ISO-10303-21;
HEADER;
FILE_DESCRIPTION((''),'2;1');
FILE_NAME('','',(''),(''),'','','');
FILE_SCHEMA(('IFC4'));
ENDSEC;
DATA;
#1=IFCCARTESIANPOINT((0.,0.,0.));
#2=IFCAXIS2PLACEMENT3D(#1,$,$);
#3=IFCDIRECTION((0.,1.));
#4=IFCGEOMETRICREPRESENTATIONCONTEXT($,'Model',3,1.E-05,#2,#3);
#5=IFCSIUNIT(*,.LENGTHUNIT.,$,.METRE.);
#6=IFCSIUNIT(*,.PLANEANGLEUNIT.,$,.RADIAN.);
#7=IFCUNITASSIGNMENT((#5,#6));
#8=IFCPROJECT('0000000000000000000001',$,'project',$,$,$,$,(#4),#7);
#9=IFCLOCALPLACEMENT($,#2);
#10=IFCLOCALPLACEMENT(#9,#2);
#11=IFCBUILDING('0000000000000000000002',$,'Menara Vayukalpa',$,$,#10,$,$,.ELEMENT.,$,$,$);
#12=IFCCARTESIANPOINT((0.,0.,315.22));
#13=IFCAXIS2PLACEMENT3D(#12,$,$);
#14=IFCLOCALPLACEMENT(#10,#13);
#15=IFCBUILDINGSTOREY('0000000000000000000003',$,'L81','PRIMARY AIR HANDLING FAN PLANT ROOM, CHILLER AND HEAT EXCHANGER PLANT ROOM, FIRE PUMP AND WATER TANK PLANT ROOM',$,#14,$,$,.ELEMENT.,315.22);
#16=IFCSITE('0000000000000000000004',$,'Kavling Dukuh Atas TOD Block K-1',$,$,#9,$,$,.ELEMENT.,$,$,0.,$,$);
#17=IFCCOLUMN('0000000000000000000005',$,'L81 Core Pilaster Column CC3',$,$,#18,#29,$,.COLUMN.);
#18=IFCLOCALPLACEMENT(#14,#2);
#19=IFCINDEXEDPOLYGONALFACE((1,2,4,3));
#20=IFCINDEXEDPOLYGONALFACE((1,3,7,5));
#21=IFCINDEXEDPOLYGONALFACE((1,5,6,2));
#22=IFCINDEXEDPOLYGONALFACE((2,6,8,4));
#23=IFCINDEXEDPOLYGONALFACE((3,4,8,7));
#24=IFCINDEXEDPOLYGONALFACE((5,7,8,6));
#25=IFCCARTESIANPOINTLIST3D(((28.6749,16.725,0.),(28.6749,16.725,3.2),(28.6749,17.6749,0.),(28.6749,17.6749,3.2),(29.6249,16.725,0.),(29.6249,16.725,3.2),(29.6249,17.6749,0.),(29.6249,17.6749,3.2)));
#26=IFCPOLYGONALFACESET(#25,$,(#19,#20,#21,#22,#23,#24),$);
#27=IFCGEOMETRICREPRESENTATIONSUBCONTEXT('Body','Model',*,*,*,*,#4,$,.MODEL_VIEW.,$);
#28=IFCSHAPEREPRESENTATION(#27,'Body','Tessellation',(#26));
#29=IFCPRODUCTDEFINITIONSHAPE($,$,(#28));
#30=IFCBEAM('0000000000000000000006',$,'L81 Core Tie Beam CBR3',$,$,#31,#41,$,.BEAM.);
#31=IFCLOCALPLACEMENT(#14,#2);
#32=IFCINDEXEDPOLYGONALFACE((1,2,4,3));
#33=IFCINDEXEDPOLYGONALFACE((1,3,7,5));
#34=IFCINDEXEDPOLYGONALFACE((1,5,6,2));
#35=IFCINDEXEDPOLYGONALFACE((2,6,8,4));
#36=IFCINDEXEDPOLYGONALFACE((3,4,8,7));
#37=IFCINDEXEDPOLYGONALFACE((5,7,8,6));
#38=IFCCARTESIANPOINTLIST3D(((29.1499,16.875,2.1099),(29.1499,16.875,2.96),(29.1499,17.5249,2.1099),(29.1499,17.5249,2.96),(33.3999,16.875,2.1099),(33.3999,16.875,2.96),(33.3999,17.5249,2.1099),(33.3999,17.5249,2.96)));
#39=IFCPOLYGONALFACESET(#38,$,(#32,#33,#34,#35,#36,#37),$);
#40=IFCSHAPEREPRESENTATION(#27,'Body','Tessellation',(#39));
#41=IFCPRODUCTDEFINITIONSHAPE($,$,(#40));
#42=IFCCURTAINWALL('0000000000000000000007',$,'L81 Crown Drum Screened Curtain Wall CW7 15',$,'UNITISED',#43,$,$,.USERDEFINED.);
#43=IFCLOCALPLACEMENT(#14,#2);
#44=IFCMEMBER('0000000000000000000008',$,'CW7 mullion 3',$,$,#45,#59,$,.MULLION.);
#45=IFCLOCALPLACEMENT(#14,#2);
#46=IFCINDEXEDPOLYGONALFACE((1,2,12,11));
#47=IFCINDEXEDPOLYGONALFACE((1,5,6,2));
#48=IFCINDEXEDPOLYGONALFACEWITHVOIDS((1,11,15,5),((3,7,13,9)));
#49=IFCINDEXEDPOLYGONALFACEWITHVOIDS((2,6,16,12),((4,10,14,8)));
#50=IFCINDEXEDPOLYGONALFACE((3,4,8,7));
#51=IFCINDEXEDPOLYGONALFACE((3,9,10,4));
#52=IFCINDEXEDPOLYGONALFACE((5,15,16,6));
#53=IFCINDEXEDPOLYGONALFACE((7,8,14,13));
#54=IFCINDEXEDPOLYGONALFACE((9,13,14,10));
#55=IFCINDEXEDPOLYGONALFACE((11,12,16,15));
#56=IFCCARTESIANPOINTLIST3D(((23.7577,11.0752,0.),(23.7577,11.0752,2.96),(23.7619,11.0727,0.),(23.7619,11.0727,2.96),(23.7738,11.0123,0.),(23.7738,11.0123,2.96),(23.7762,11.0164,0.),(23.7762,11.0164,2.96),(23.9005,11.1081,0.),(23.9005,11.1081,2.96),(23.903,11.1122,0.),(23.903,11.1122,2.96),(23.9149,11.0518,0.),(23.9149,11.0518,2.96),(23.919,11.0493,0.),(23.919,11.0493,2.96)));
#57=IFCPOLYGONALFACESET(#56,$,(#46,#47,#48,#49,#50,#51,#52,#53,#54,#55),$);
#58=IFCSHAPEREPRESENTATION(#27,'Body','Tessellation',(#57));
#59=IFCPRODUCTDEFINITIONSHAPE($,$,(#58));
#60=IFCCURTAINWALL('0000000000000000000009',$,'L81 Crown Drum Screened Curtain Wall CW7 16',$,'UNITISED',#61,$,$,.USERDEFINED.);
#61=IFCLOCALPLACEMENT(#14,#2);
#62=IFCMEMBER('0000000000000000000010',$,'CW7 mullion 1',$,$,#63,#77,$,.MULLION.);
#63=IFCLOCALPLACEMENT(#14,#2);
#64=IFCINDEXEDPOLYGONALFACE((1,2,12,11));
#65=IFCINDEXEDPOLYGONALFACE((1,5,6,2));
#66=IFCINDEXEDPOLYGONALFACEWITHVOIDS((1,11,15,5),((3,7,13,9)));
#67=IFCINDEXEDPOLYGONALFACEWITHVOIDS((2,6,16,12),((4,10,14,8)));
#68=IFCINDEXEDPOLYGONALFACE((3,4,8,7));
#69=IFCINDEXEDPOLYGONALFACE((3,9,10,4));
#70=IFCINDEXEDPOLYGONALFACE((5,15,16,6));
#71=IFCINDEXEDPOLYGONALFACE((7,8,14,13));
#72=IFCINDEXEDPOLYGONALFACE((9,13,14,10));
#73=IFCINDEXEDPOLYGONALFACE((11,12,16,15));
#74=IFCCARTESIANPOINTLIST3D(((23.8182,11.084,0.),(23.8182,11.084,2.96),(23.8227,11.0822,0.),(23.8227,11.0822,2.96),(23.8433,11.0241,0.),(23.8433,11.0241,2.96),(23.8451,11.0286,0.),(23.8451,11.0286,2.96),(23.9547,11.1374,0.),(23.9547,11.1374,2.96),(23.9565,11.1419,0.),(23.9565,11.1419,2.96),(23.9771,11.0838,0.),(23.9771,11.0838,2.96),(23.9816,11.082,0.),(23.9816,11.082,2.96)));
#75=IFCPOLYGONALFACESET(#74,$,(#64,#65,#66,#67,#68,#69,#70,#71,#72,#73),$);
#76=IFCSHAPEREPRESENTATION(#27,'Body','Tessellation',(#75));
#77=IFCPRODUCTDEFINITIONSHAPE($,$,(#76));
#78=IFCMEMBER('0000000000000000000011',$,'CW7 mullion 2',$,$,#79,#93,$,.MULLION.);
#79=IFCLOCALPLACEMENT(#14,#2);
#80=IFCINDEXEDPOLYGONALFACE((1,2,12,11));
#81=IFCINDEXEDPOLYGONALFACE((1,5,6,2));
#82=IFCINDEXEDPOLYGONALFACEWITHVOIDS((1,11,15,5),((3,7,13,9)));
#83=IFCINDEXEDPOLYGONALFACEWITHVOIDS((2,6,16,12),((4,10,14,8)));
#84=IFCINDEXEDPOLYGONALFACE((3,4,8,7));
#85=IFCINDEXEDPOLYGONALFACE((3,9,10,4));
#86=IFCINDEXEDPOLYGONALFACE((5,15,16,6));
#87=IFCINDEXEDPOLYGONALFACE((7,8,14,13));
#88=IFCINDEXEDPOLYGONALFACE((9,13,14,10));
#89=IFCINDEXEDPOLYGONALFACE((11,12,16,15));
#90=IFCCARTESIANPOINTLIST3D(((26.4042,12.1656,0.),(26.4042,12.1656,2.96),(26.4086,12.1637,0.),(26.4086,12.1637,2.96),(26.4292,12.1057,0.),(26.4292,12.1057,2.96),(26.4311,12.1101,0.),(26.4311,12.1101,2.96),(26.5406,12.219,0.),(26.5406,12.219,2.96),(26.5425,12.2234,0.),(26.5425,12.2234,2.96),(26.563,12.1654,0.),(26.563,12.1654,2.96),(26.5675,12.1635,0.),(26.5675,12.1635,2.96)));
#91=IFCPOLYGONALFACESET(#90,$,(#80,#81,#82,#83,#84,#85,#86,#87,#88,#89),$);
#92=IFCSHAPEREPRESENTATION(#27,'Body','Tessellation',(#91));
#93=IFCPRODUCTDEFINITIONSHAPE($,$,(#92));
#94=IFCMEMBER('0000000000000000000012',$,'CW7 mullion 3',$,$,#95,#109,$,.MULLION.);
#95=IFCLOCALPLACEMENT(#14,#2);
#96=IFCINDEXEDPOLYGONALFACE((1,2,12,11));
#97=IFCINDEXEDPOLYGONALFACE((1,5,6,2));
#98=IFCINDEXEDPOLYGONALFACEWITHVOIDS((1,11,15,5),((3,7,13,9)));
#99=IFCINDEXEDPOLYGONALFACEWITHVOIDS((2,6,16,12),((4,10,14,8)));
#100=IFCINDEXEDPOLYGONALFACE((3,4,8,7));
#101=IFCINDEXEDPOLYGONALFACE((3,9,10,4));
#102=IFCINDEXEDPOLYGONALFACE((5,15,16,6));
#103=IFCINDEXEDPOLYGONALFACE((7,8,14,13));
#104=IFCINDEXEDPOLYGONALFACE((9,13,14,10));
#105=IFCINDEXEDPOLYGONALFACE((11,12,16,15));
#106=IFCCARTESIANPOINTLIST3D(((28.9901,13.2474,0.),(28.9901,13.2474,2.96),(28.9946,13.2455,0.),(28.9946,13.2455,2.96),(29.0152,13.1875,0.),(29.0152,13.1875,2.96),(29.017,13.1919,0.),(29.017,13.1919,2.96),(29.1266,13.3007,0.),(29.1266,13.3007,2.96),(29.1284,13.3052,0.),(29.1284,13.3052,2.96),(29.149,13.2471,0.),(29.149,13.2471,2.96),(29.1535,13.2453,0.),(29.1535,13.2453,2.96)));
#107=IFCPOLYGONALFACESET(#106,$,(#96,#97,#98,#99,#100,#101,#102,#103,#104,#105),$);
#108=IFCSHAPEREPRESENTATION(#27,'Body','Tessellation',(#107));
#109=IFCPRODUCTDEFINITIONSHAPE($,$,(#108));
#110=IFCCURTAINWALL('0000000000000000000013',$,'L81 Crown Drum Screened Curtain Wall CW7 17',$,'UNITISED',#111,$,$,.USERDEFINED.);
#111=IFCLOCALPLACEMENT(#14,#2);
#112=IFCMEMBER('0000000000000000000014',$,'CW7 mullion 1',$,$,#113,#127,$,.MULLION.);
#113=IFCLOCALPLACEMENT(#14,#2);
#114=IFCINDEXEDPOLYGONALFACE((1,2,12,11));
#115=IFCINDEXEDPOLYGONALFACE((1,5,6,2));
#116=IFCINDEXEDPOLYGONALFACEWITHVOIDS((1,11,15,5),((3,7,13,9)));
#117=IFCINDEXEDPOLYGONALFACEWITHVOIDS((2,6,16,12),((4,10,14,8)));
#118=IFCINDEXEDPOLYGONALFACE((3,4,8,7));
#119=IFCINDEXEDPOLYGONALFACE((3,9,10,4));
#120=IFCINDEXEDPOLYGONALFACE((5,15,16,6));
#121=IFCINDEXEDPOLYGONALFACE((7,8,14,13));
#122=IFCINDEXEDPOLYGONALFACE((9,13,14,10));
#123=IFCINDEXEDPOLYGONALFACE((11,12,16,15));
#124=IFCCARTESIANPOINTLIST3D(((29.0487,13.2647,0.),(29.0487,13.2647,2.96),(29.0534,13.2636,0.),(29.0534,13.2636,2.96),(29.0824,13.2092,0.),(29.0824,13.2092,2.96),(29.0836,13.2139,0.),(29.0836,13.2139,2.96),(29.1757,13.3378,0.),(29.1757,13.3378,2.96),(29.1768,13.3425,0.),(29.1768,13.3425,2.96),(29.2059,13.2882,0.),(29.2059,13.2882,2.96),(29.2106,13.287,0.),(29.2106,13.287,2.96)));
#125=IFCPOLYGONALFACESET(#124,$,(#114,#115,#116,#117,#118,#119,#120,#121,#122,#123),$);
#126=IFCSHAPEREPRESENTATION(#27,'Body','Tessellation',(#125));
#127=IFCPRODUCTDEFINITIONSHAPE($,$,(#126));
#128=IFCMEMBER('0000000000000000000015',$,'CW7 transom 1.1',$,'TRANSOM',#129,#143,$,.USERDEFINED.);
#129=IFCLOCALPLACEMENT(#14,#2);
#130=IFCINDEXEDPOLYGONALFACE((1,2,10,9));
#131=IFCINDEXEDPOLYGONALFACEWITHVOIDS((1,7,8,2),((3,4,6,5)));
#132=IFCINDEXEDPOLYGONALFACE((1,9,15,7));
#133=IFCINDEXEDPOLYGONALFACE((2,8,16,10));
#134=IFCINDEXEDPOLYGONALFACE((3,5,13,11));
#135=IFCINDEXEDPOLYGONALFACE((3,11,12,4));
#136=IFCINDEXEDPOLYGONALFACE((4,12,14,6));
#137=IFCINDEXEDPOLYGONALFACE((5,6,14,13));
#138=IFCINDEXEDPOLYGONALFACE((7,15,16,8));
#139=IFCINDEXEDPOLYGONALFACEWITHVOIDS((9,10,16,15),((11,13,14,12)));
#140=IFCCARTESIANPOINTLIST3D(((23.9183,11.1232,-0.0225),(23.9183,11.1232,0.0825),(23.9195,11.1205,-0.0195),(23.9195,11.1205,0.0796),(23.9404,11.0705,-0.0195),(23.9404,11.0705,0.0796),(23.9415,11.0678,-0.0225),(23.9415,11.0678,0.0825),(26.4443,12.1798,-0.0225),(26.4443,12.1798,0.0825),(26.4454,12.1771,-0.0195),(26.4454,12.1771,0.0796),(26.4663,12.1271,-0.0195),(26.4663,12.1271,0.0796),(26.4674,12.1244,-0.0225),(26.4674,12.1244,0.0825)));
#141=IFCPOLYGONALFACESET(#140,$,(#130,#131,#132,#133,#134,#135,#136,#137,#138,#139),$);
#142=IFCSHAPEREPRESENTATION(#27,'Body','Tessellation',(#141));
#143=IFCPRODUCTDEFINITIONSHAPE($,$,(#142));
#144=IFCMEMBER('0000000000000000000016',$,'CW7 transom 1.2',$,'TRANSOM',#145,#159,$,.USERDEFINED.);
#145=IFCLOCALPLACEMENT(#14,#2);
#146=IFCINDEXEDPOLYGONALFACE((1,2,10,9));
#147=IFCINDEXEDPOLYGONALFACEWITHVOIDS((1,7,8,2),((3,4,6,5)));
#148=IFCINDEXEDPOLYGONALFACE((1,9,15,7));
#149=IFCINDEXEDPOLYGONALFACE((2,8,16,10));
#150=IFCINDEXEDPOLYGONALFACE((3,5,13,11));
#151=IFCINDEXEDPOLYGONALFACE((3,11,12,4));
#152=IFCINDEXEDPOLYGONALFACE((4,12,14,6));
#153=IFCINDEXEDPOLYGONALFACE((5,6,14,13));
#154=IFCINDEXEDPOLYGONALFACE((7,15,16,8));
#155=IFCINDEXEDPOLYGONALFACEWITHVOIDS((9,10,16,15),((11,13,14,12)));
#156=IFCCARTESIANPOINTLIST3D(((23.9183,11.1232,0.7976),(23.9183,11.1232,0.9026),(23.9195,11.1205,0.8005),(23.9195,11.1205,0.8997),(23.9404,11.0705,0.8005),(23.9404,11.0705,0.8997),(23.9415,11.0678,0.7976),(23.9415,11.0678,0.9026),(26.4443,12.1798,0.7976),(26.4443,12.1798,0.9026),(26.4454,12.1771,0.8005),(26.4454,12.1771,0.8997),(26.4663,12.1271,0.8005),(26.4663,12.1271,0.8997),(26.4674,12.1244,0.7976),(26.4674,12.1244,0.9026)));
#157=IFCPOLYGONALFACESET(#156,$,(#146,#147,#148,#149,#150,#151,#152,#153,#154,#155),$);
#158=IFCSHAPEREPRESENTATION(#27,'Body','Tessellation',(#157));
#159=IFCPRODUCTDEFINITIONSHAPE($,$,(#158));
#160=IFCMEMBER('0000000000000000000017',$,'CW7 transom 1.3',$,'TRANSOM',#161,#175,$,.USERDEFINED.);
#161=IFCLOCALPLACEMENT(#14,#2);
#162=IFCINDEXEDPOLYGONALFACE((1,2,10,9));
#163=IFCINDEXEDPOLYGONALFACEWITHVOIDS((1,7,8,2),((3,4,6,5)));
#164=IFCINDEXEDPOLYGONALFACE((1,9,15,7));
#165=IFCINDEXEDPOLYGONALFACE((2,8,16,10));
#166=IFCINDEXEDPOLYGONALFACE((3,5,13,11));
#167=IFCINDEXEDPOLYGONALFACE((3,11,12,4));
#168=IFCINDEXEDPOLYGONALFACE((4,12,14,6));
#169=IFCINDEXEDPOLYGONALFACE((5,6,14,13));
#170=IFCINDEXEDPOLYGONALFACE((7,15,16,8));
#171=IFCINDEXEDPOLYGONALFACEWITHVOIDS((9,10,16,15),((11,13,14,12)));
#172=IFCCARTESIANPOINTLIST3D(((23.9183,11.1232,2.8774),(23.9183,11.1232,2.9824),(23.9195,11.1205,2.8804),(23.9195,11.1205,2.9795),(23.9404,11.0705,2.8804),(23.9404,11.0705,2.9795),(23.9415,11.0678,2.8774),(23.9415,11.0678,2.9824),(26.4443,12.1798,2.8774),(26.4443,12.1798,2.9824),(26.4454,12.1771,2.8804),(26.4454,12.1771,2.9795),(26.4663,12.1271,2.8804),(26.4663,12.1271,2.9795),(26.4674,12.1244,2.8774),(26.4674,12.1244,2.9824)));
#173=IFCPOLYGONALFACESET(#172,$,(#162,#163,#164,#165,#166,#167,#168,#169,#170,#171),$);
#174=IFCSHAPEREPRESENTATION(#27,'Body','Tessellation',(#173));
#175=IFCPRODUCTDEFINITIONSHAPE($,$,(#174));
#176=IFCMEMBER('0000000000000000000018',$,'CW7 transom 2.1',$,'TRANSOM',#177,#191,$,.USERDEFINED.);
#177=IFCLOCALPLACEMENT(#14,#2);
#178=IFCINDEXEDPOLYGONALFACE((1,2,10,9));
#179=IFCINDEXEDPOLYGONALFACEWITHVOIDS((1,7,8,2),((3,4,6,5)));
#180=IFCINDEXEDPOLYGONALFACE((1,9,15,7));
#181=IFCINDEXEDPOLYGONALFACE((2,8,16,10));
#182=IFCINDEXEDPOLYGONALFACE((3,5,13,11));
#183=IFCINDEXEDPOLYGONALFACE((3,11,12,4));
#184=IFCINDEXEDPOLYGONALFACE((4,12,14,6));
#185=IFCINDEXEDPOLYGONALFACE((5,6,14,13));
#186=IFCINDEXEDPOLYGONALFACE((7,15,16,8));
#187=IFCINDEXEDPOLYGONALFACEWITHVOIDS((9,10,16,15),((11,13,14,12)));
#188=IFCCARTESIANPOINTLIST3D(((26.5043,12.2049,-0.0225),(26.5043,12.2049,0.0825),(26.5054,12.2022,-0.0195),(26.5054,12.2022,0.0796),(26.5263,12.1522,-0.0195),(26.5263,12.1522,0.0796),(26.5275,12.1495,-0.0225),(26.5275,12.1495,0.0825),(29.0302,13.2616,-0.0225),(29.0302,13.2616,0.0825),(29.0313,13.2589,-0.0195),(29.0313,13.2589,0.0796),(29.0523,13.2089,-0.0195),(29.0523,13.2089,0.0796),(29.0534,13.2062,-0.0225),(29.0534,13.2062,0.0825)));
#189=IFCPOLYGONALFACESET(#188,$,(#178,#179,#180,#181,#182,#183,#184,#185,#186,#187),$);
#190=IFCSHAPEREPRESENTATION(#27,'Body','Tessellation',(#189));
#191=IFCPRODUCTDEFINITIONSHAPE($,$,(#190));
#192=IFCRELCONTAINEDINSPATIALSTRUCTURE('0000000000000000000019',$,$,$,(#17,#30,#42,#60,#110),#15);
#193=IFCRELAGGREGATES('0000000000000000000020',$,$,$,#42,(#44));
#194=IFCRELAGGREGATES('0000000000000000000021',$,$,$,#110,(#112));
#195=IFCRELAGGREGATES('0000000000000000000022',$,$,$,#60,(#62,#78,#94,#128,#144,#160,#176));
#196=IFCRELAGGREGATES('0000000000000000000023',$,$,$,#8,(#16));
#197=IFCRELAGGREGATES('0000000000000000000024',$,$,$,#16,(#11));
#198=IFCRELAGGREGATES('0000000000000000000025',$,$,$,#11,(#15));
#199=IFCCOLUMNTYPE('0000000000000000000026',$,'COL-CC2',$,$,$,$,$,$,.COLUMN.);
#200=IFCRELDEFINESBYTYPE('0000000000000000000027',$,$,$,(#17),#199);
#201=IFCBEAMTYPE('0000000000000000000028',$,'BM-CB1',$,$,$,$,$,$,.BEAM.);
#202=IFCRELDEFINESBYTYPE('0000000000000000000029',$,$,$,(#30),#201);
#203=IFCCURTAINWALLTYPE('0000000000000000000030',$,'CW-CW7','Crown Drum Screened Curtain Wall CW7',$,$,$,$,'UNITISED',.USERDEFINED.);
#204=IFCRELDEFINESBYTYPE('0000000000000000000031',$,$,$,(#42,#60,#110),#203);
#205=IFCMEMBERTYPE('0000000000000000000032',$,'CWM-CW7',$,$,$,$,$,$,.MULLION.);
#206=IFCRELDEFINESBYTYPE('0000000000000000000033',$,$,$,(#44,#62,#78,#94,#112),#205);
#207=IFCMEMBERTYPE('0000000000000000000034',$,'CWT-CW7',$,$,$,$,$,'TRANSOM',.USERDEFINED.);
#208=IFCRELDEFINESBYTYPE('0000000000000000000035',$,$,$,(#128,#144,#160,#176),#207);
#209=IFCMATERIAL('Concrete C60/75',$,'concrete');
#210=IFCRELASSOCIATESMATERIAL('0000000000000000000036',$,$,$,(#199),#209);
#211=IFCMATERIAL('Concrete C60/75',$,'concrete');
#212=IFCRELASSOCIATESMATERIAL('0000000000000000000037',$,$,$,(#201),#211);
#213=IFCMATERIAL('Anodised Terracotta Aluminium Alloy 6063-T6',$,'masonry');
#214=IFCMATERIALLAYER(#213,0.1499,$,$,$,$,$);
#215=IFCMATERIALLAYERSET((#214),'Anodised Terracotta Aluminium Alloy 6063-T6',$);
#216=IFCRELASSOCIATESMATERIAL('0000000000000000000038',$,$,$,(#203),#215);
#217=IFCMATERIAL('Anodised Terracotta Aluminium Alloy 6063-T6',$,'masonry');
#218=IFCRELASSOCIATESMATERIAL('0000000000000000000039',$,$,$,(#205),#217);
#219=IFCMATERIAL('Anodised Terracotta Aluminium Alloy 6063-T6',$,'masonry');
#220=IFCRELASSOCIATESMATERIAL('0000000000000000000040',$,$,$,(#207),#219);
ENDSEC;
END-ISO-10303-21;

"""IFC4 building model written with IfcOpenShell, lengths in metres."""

from ifc_helpers import new_model, si_unit, direction, frame, origin, origin_2d, place, context, subcontext, project, spatial, rectangle, hollow_rectangle, extrude, material, layer, layer_set, material_profile, profile_set, type_object, element, aggregate, save


model = new_model("IFC4")

# Units and contexts
model_context = context("Model", 3, precision=1e-05, world=origin(), true_north=direction((0.0, 1.0)))
body_context = subcontext(model_context, "Body", "Model", "MODEL_VIEW")
ifc_project = project(units=[si_unit("LENGTHUNIT", "METRE"), si_unit("PLANEANGLEUNIT", "RADIAN")], contexts=[model_context])

# Site, building, storey
site_placement = place(None, origin())
site = spatial("IfcSite", under=ifc_project, at=site_placement, Name="Kavling Dukuh Atas TOD Block K-1", CompositionType="ELEMENT", RefElevation=0.0)
building_placement = place(site_placement, origin())
building = spatial("IfcBuilding", under=site, at=building_placement, Name="Menara Vayukalpa", CompositionType="ELEMENT")
storey_placement = place(building_placement, frame((0.0, 0.0, 315.22)))
storey = spatial("IfcBuildingStorey", under=building, at=storey_placement, Name="L81", Description="PRIMARY AIR HANDLING FAN PLANT ROOM, CHILLER AND HEAT EXCHANGER PLANT ROOM, FIRE PUMP AND WATER TANK PLANT ROOM", CompositionType="ELEMENT", Elevation=315.22)

# Column
ifc_material_1 = material(Name="Concrete C60/75", Category="concrete")
ifc_material_profile_1 = material_profile(ifc_material_1, rectangle(XDim=0.95, YDim=0.95, at=origin_2d()), Name="RC 950x950")
ifc_profile_set_1 = profile_set([ifc_material_profile_1], Name="Concrete C60/75")
column_type = type_object("IfcColumnType", Name="COL-CC2", PredefinedType="COLUMN", material=ifc_profile_set_1)
column_placement = place(storey_placement, frame((29.1499, 17.2, 0.0), z_axis=(0.0, 0.0, 1.0), x_axis=(1.0, 0.0, 0.0)))
element("IfcColumn", 1, at=column_placement, inside=storey, type_object=column_type, Name="L81 Core Pilaster Column CC3", PredefinedType="COLUMN", context=body_context, shape_type="SweptSolid", body=[
    extrude(rectangle(XDim=0.95, YDim=0.95, at=origin_2d()), origin(), (0.0, 0.0, 1.0), 3.2),
])

# Beam
ifc_material_2 = material(Name="Concrete C60/75", Category="concrete")
ifc_material_profile_2 = material_profile(ifc_material_2, rectangle(XDim=0.6499, YDim=0.8501, at=origin_2d()), Name="RC 650x850")
ifc_profile_set_2 = profile_set([ifc_material_profile_2], Name="Concrete C60/75")
beam_type = type_object("IfcBeamType", Name="BM-CB1", PredefinedType="BEAM", material=ifc_profile_set_2)
beam_placement = place(storey_placement, frame((29.1499, 17.2, 2.5349), z_axis=(1.0, 0.0, 0.0), x_axis=(0.0, 1.0, 0.0)))
element("IfcBeam", 2, at=beam_placement, inside=storey, type_object=beam_type, Name="L81 Core Tie Beam CBR3", PredefinedType="BEAM", context=body_context, shape_type="SweptSolid", body=[
    extrude(rectangle(XDim=0.6499, YDim=0.8501, at=origin_2d()), origin(), (0.0, 0.0, 1.0), 4.25),
])

# Curtain wall, member
ifc_material_3 = material(Name="Anodised Terracotta Aluminium Alloy 6063-T6", Category="masonry")
ifc_layer_1 = layer(ifc_material_3, 0.1499)
ifc_layer_set_1 = layer_set([ifc_layer_1], Name="Anodised Terracotta Aluminium Alloy 6063-T6")
curtain_wall_type = type_object("IfcCurtainWallType", Name="CW-CW7", Description="Crown Drum Screened Curtain Wall CW7", ElementType="UNITISED", PredefinedType="USERDEFINED", material=ifc_layer_set_1)
curtain_wall_1_placement = place(storey_placement, origin())
curtain_wall_1 = element("IfcCurtainWall", 3, at=curtain_wall_1_placement, inside=storey, type_object=curtain_wall_type, Name="L81 Crown Drum Screened Curtain Wall CW7 15", ObjectType="UNITISED", PredefinedType="USERDEFINED")
ifc_material_4 = material(Name="Anodised Terracotta Aluminium Alloy 6063-T6", Category="masonry")
ifc_material_profile_3 = material_profile(ifc_material_4, hollow_rectangle(XDim=0.0649, YDim=0.1499, WallThickness=0.0034, at=origin_2d()), Name="ALU 65x150x3.5")
ifc_profile_set_3 = profile_set([ifc_material_profile_3], Name="Anodised Terracotta Aluminium Alloy 6063-T6")
member_type_1 = type_object("IfcMemberType", Name="CWM-CW7", PredefinedType="MULLION", material=ifc_profile_set_3)
member_1_placement = place(storey_placement, frame((23.8384, 11.0623, 0.0), z_axis=(0.0, 0.0, 1.0), x_axis=(-0.247124, 0.968984, 0.0)))
member_1 = element("IfcMember", 4, at=member_1_placement, type_object=member_type_1, Name="CW7 mullion 3", PredefinedType="MULLION", context=body_context, shape_type="SweptSolid", body=[
    extrude(hollow_rectangle(XDim=0.0649, YDim=0.1499, WallThickness=0.0034, at=origin_2d()), origin(), (0.0, 0.0, 1.0), 2.96),
])
aggregate(curtain_wall_1, [member_1])

# Curtain wall, members
curtain_wall_2_placement = place(storey_placement, origin())
curtain_wall_2 = element("IfcCurtainWall", 5, at=curtain_wall_2_placement, inside=storey, type_object=curtain_wall_type, Name="L81 Crown Drum Screened Curtain Wall CW7 16", ObjectType="UNITISED", PredefinedType="USERDEFINED")
member_2_placement = place(storey_placement, frame((23.8999, 11.083, 0.0), z_axis=(0.0, 0.0, 1.0), x_axis=(-0.385898, 0.922541, 0.0)))
member_2 = element("IfcMember", 6, at=member_2_placement, type_object=member_type_1, Name="CW7 mullion 1", PredefinedType="MULLION", context=body_context, shape_type="SweptSolid", body=[
    extrude(hollow_rectangle(XDim=0.0649, YDim=0.1499, WallThickness=0.0034, at=origin_2d()), origin(), (0.0, 0.0, 1.0), 2.96),
])
member_3_placement = place(storey_placement, frame((26.4858, 12.1646, 0.0), z_axis=(0.0, 0.0, 1.0), x_axis=(-0.385898, 0.922541, 0.0)))
member_3 = element("IfcMember", 7, at=member_3_placement, type_object=member_type_1, Name="CW7 mullion 2", PredefinedType="MULLION", context=body_context, shape_type="SweptSolid", body=[
    extrude(hollow_rectangle(XDim=0.0649, YDim=0.1499, WallThickness=0.0034, at=origin_2d()), origin(), (0.0, 0.0, 1.0), 2.96),
])
member_4_placement = place(storey_placement, frame((29.0718, 13.2463, 0.0), z_axis=(0.0, 0.0, 1.0), x_axis=(-0.385898, 0.922541, 0.0)))
member_4 = element("IfcMember", 8, at=member_4_placement, type_object=member_type_1, Name="CW7 mullion 3", PredefinedType="MULLION", context=body_context, shape_type="SweptSolid", body=[
    extrude(hollow_rectangle(XDim=0.0649, YDim=0.1499, WallThickness=0.0034, at=origin_2d()), origin(), (0.0, 0.0, 1.0), 2.96),
])

# Curtain wall, member
curtain_wall_3_placement = place(storey_placement, origin())
curtain_wall_3 = element("IfcCurtainWall", 9, at=curtain_wall_3_placement, inside=storey, type_object=curtain_wall_type, Name="L81 Crown Drum Screened Curtain Wall CW7 17", ObjectType="UNITISED", PredefinedType="USERDEFINED")
member_5_placement = place(storey_placement, frame((29.1296, 13.2759, 0.0), z_axis=(0.0, 0.0, 1.0), x_axis=(-0.519176, 0.854667, 0.0)))
member_5 = element("IfcMember", 10, at=member_5_placement, type_object=member_type_1, Name="CW7 mullion 1", PredefinedType="MULLION", context=body_context, shape_type="SweptSolid", body=[
    extrude(hollow_rectangle(XDim=0.0649, YDim=0.1499, WallThickness=0.0034, at=origin_2d()), origin(), (0.0, 0.0, 1.0), 2.96),
])

# Members
ifc_material_5 = material(Name="Anodised Terracotta Aluminium Alloy 6063-T6", Category="masonry")
ifc_material_profile_4 = material_profile(ifc_material_5, hollow_rectangle(XDim=0.0601, YDim=0.105, WallThickness=0.0029, at=origin_2d()), Name="ALU 60x105x3")
ifc_profile_set_4 = profile_set([ifc_material_profile_4], Name="Anodised Terracotta Aluminium Alloy 6063-T6")
member_type_2 = type_object("IfcMemberType", Name="CWT-CW7", ElementType="TRANSOM", PredefinedType="USERDEFINED", material=ifc_profile_set_4)
member_6_placement = place(storey_placement, frame((23.9299, 11.0955, 0.03), z_axis=(0.922533, 0.385919, 0.0), x_axis=(-0.385919, 0.922533, 0.0)))
member_6 = element("IfcMember", 11, at=member_6_placement, type_object=member_type_2, Name="CW7 transom 1.1", ObjectType="TRANSOM", PredefinedType="USERDEFINED", context=body_context, shape_type="SweptSolid", body=[
    extrude(hollow_rectangle(XDim=0.0601, YDim=0.105, WallThickness=0.0029, at=origin_2d()), origin(), (0.0, 0.0, 1.0), 2.738),
])
member_7_placement = place(storey_placement, frame((23.9299, 11.0955, 0.8501), z_axis=(0.922533, 0.385919, 0.0), x_axis=(-0.385919, 0.922533, 0.0)))
member_7 = element("IfcMember", 12, at=member_7_placement, type_object=member_type_2, Name="CW7 transom 1.2", ObjectType="TRANSOM", PredefinedType="USERDEFINED", context=body_context, shape_type="SweptSolid", body=[
    extrude(hollow_rectangle(XDim=0.0601, YDim=0.105, WallThickness=0.0029, at=origin_2d()), origin(), (0.0, 0.0, 1.0), 2.738),
])
member_8_placement = place(storey_placement, frame((23.9299, 11.0955, 2.9299), z_axis=(0.922533, 0.385919, 0.0), x_axis=(-0.385919, 0.922533, 0.0)))
member_8 = element("IfcMember", 13, at=member_8_placement, type_object=member_type_2, Name="CW7 transom 1.3", ObjectType="TRANSOM", PredefinedType="USERDEFINED", context=body_context, shape_type="SweptSolid", body=[
    extrude(hollow_rectangle(XDim=0.0601, YDim=0.105, WallThickness=0.0029, at=origin_2d()), origin(), (0.0, 0.0, 1.0), 2.738),
])
member_9_placement = place(storey_placement, frame((26.5159, 12.1772, 0.03), z_axis=(0.922533, 0.385919, 0.0), x_axis=(-0.385919, 0.922533, 0.0)))
member_9 = element("IfcMember", 14, at=member_9_placement, type_object=member_type_2, Name="CW7 transom 2.1", ObjectType="TRANSOM", PredefinedType="USERDEFINED", context=body_context, shape_type="SweptSolid", body=[
    extrude(hollow_rectangle(XDim=0.0601, YDim=0.105, WallThickness=0.0029, at=origin_2d()), origin(), (0.0, 0.0, 1.0), 2.738),
])
aggregate(curtain_wall_3, [member_5])

aggregate(curtain_wall_2, [member_2, member_3, member_4, member_6, member_7, member_8, member_9])

save(model, "model.ifc")
